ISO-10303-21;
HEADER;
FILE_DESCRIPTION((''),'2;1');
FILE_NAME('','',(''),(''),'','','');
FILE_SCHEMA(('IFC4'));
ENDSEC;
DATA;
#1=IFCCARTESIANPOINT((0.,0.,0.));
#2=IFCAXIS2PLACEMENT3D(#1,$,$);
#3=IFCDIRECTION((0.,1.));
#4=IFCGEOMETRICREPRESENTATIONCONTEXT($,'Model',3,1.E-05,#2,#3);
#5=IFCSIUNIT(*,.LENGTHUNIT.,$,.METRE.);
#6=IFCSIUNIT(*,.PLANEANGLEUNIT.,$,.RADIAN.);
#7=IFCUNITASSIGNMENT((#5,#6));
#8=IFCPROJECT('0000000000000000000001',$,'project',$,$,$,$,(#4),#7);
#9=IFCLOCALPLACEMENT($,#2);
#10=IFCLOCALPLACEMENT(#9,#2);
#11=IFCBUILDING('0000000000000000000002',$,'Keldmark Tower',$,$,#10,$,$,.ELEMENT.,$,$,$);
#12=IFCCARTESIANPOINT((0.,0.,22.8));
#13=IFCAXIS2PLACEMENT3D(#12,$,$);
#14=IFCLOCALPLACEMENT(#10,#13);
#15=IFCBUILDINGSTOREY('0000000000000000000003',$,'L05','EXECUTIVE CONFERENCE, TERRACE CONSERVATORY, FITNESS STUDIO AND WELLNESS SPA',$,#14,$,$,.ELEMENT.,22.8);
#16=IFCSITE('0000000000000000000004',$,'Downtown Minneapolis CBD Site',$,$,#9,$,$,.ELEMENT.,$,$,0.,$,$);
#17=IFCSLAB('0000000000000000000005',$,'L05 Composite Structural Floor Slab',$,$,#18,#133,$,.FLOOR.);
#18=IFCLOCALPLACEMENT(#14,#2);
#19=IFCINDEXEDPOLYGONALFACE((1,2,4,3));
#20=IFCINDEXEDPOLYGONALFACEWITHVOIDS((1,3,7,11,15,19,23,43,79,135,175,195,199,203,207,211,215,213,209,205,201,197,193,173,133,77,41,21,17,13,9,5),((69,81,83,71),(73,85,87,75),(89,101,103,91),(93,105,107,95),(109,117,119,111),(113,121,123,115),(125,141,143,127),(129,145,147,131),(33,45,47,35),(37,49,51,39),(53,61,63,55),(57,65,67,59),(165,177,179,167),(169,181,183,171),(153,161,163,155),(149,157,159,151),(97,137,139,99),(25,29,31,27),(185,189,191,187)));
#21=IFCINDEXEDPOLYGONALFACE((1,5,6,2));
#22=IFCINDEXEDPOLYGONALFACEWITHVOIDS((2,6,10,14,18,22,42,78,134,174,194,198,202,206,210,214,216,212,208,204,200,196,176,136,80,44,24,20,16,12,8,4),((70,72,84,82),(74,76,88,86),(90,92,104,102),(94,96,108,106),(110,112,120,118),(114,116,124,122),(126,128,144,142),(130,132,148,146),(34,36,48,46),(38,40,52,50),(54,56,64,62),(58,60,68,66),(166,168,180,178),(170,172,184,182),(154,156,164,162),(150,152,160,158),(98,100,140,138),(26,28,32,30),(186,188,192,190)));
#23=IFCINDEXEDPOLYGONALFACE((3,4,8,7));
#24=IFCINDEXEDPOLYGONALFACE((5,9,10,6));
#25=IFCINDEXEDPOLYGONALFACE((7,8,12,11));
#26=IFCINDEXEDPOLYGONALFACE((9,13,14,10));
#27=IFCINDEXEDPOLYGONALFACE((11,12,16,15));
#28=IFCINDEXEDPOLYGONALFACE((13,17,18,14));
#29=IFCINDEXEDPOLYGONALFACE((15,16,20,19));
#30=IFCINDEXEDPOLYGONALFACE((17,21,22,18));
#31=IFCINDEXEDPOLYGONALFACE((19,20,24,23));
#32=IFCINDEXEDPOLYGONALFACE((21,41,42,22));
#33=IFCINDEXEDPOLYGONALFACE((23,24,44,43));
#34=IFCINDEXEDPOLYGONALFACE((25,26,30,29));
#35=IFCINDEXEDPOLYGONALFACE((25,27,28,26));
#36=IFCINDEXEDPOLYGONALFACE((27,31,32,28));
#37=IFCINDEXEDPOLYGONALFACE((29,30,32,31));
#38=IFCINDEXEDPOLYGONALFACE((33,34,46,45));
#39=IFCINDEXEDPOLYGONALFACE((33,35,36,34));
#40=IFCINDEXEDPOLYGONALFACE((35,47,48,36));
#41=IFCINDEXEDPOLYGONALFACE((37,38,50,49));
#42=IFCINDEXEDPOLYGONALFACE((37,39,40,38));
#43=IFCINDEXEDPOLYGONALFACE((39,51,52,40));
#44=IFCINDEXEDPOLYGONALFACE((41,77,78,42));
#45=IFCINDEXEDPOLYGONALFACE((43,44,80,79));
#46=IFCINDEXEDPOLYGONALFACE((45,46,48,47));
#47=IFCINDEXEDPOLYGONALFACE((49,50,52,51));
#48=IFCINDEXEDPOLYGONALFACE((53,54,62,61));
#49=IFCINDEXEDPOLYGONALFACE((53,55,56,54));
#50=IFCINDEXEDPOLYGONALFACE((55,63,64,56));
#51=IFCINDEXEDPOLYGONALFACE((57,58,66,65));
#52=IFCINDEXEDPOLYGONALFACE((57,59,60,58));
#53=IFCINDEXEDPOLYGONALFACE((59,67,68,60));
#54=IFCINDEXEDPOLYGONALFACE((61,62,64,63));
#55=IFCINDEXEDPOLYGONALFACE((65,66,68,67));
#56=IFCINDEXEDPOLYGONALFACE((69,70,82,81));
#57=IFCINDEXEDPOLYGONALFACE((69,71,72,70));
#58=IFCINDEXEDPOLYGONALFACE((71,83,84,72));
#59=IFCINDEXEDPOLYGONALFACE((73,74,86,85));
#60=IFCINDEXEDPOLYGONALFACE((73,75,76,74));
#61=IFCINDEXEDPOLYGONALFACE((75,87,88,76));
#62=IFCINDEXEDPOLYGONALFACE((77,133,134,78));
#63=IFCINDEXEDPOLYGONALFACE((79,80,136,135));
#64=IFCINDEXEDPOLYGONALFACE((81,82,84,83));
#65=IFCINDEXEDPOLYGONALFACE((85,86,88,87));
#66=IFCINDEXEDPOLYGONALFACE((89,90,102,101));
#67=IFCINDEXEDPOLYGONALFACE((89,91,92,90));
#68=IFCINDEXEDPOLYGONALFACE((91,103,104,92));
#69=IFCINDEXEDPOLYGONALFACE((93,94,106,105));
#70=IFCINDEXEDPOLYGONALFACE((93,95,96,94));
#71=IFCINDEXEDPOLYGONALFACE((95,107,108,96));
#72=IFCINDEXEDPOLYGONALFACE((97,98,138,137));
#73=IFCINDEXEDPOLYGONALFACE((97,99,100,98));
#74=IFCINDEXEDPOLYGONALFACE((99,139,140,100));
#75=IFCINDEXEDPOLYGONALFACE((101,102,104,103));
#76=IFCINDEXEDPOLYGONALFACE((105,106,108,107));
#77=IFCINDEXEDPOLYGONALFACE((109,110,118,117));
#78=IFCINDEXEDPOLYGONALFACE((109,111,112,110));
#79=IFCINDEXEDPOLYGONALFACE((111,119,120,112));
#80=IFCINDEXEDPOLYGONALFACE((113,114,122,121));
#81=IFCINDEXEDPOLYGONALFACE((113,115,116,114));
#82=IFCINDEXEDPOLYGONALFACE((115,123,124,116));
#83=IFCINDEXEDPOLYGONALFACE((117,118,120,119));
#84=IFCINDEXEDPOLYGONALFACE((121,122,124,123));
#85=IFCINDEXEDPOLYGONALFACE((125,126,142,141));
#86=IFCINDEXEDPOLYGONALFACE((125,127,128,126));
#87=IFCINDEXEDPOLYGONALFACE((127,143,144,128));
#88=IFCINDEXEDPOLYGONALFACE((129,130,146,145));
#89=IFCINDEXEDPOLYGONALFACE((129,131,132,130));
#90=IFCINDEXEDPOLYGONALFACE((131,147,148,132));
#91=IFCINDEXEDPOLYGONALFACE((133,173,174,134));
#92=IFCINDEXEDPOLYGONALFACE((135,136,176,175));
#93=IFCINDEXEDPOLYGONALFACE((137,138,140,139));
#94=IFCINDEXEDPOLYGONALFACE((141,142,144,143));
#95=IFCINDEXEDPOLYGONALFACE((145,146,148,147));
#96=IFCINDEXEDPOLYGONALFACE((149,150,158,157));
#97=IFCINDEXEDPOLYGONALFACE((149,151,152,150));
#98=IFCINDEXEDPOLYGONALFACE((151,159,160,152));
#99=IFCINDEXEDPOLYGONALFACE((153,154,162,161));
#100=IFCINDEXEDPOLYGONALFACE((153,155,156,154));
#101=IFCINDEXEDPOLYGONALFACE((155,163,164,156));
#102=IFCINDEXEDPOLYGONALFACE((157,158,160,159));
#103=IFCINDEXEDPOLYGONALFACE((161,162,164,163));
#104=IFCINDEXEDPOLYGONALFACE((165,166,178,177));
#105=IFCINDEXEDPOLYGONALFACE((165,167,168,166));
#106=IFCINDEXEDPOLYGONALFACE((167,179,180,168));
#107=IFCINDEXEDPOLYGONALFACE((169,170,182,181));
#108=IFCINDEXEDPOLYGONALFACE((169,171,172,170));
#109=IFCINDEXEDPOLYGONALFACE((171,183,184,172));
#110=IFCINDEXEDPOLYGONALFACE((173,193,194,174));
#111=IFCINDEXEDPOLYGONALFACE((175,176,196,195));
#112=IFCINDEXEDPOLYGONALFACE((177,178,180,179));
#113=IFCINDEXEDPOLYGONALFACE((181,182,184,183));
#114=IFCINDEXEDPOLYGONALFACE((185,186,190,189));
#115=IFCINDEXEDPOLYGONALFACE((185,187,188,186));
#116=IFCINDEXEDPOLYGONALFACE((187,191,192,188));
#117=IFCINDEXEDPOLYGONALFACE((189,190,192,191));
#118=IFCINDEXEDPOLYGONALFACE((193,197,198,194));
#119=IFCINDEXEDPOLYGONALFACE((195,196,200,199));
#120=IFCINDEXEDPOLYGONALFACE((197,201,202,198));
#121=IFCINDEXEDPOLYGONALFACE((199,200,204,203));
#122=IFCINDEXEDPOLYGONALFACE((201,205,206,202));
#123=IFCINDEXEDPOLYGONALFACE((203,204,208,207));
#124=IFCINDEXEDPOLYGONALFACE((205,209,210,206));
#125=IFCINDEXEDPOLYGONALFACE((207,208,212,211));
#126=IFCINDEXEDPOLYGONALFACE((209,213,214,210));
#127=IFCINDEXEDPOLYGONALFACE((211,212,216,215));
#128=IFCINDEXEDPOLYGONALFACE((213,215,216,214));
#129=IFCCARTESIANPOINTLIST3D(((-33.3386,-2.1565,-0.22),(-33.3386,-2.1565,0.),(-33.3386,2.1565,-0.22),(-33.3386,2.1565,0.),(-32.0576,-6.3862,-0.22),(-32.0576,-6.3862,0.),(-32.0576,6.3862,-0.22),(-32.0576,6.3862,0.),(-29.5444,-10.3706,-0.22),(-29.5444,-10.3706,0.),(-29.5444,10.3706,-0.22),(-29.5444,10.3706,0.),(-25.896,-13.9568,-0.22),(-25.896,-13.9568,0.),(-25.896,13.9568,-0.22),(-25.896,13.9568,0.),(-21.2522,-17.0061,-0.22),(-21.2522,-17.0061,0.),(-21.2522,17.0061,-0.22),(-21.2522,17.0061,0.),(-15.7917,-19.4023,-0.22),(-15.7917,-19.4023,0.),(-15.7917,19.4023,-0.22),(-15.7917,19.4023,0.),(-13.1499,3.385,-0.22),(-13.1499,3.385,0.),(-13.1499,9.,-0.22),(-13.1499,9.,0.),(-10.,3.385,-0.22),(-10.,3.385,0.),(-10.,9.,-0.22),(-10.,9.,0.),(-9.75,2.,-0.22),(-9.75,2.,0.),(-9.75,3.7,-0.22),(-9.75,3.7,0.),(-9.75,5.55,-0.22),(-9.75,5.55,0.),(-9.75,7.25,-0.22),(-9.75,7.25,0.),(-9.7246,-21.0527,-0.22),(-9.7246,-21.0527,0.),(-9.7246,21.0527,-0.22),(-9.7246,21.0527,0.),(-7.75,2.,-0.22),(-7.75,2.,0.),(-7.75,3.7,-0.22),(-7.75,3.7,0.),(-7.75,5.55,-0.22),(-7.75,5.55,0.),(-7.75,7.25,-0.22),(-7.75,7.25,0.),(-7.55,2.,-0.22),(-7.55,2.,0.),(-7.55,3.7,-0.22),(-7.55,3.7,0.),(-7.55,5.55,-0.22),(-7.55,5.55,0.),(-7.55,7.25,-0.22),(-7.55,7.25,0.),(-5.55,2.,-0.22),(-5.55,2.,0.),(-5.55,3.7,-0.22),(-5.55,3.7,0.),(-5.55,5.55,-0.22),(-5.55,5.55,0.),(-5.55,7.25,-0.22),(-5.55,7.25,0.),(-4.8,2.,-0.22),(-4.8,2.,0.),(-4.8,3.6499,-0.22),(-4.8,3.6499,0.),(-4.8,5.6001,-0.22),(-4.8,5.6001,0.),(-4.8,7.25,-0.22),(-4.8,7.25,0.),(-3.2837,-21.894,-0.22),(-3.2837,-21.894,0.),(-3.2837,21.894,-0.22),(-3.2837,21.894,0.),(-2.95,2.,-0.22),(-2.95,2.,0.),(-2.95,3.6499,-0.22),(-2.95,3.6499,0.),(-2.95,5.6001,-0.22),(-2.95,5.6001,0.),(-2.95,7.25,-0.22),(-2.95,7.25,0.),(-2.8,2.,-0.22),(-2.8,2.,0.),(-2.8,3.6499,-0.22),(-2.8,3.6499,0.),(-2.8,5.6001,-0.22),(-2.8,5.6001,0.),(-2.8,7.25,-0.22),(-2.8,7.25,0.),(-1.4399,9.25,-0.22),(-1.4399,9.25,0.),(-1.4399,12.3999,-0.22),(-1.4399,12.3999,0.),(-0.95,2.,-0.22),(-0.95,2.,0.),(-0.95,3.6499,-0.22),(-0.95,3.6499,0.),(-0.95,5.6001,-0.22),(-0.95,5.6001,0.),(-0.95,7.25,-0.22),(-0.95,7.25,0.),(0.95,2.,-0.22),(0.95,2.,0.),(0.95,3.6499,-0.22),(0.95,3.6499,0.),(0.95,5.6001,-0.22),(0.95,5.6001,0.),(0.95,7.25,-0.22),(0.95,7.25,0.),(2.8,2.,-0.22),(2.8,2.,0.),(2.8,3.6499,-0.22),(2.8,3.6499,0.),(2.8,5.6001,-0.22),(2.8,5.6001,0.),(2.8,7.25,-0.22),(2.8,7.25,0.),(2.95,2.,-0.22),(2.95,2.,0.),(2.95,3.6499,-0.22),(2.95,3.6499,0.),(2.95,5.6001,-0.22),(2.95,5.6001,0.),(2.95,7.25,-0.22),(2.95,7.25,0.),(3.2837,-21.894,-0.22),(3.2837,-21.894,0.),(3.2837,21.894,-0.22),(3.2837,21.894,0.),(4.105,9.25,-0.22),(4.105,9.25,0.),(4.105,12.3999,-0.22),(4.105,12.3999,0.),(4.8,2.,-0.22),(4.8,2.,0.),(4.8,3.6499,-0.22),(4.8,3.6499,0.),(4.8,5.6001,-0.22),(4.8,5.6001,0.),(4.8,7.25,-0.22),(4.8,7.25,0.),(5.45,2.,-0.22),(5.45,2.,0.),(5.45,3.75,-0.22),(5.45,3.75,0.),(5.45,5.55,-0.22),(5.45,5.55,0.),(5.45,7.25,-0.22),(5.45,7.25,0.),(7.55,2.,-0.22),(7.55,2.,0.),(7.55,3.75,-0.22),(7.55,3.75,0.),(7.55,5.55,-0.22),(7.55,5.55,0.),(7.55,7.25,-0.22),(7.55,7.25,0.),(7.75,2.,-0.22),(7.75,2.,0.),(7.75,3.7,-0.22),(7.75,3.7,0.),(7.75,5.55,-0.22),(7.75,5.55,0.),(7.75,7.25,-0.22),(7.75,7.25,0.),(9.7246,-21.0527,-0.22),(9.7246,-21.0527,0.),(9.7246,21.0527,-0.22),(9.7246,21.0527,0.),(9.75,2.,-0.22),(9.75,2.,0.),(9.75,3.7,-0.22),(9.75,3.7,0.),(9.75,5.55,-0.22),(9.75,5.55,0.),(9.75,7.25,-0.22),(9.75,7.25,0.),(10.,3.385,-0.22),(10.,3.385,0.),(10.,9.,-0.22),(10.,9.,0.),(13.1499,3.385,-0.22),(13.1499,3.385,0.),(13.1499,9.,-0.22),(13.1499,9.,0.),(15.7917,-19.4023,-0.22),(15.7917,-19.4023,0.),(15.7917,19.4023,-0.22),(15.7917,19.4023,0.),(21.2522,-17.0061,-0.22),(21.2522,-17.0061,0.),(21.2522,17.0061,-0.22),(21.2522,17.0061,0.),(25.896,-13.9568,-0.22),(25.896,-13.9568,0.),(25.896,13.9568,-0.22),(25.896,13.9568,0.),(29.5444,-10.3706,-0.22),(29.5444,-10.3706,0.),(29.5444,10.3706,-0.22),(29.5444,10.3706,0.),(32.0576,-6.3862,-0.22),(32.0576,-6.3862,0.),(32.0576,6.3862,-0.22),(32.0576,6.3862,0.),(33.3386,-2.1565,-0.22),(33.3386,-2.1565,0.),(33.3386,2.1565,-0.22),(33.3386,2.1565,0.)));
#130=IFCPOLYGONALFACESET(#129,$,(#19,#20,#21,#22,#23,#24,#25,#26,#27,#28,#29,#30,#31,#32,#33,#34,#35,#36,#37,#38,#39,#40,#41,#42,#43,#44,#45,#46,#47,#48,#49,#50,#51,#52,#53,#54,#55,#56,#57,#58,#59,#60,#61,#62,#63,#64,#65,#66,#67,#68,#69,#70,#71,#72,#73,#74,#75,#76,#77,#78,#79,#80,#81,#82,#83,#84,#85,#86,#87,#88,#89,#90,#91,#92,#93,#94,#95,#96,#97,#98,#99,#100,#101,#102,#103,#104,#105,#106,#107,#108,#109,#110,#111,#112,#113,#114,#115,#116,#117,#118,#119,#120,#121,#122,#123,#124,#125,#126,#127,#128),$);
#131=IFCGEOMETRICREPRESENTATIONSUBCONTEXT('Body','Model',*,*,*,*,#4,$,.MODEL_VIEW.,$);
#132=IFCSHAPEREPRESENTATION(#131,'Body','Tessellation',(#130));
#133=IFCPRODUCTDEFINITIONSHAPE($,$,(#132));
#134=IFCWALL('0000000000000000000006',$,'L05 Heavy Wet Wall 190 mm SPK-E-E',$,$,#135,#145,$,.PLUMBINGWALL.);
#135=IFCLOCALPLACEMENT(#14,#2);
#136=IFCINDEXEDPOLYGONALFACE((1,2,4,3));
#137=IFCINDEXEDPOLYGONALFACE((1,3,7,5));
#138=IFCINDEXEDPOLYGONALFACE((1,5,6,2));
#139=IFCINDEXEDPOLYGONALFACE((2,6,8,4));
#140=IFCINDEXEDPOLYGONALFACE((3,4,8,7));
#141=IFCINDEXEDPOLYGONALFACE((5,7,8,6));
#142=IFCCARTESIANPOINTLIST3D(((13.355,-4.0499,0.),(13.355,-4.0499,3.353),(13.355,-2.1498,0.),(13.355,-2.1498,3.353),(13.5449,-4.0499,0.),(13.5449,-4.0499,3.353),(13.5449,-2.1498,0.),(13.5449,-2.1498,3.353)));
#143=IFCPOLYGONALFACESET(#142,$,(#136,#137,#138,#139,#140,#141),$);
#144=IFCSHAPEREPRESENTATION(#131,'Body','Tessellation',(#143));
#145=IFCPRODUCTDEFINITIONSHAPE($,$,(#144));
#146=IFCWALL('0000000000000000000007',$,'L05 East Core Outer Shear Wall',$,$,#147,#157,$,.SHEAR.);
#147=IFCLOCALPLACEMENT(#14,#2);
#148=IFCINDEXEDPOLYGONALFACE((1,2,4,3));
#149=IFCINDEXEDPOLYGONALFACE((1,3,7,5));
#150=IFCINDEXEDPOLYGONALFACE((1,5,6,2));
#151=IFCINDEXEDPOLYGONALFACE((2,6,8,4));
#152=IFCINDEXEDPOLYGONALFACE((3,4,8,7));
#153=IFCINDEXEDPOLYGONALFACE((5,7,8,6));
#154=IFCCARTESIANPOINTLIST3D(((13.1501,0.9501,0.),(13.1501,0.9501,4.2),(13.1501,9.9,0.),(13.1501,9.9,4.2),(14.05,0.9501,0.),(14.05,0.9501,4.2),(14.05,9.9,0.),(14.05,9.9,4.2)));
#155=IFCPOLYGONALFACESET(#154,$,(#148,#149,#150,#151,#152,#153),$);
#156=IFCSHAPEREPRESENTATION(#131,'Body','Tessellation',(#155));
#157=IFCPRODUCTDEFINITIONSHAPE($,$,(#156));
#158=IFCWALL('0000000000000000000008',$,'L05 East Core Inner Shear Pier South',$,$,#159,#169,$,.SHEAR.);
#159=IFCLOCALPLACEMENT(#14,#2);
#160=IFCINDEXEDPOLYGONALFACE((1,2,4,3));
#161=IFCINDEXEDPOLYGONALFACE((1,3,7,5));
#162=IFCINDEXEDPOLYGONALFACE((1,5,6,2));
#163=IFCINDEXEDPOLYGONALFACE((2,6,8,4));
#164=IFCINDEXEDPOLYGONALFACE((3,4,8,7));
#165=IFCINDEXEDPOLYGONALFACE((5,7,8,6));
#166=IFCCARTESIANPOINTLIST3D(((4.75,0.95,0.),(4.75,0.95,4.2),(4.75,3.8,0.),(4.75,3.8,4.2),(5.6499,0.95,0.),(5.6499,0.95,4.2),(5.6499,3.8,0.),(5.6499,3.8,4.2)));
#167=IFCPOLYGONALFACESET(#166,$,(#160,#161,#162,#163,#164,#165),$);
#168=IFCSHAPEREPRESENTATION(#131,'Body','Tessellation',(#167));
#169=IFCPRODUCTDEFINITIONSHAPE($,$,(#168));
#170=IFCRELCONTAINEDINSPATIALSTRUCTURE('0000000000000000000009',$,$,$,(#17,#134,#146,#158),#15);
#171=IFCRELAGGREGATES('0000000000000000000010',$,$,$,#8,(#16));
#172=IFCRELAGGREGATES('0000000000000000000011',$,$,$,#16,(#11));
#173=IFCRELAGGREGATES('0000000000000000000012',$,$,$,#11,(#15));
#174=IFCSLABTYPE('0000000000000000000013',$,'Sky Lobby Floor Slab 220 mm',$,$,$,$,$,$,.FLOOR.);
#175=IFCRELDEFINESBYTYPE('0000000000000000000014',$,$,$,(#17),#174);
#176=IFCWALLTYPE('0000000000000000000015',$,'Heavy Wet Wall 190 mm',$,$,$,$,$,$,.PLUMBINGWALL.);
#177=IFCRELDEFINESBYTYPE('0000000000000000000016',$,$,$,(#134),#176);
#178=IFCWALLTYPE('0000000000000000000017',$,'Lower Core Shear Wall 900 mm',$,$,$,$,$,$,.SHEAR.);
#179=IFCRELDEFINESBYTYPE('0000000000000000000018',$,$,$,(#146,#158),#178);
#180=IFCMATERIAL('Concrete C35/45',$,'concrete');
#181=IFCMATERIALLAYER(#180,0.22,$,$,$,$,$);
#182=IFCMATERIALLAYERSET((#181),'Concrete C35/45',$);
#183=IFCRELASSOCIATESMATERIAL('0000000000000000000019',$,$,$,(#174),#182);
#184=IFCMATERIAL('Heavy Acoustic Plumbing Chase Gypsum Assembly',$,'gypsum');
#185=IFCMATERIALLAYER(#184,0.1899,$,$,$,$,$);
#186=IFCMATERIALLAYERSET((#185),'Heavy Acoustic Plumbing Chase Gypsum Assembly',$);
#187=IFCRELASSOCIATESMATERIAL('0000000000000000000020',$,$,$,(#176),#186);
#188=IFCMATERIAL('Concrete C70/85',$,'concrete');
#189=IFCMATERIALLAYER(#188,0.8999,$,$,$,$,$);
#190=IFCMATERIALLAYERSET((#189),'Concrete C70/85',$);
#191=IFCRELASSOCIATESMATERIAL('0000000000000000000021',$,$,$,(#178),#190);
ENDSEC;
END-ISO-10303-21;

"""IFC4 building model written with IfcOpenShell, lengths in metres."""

from ifc_helpers import new_model, si_unit, direction, frame, frame_2d, origin, place, context, subcontext, project, spatial, polyline, rectangle, outline, extrude, material, layer, layer_set, type_object, element, save


model = new_model("IFC4")

# Units and contexts
model_context = context("Model", 3, precision=1e-05, world=origin(), true_north=direction((0.0, 1.0)))
body_context = subcontext(model_context, "Body", "Model", "MODEL_VIEW")
ifc_project = project(units=[si_unit("LENGTHUNIT", "METRE"), si_unit("PLANEANGLEUNIT", "RADIAN")], contexts=[model_context])

# Site, building, storey
site_placement = place(None, origin())
site = spatial("IfcSite", under=ifc_project, at=site_placement, Name="Downtown Minneapolis CBD Site", CompositionType="ELEMENT", RefElevation=0.0)
building_placement = place(site_placement, origin())
building = spatial("IfcBuilding", under=site, at=building_placement, Name="Keldmark Tower", CompositionType="ELEMENT")
storey_placement = place(building_placement, frame((0.0, 0.0, 22.8)))
storey = spatial("IfcBuildingStorey", under=building, at=storey_placement, Name="L05", Description="EXECUTIVE CONFERENCE, TERRACE CONSERVATORY, FITNESS STUDIO AND WELLNESS SPA", CompositionType="ELEMENT", Elevation=22.8)

# Slab
ifc_material_1 = material(Name="Concrete C35/45", Category="concrete")
ifc_layer_1 = layer(ifc_material_1, 0.22)
ifc_layer_set_1 = layer_set([ifc_layer_1], Name="Concrete C35/45")
slab_type_1 = type_object("IfcSlabType", Name="Sky Lobby Floor Slab 220 mm", PredefinedType="FLOOR", material=ifc_layer_set_1)
slab_1_placement = place(storey_placement, frame((0.0, 0.0, -0.22)))
element("IfcSlab", 1, at=slab_1_placement, inside=storey, type_object=slab_type_1, Name="L05 Composite Structural Floor Slab", PredefinedType="FLOOR", context=body_context, shape_type="SweptSolid", body=[
    extrude(outline(polyline([(33.3386, 2.1565), (32.0576, 6.3862), (29.5444, 10.3706), (25.896, 13.9568), (21.2522, 17.0061), (15.7917, 19.4023), (9.7246, 21.0527), (3.2837, 21.894), (-3.2837, 21.894), (-9.7246, 21.0527), (-15.7917, 19.4023), (-21.2522, 17.0061), (-25.896, 13.9568), (-29.5444, 10.3706), (-32.0576, 6.3862), (-33.3386, 2.1565), (-33.3386, -2.1565), (-32.0576, -6.3862), (-29.5444, -10.3706), (-25.896, -13.9568), (-21.2522, -17.0061), (-15.7917, -19.4023), (-9.7246, -21.0527), (-3.2837, -21.894), (3.2837, -21.894), (9.7246, -21.0527), (15.7917, -19.4023), (21.2522, -17.0061), (25.896, -13.9568), (29.5444, -10.3706), (32.0576, -6.3862), (33.3386, -2.1565), (33.3386, 2.1565)]), holes=[polyline([(-10.0, 3.385), (-10.0, 9.0), (-13.1499, 9.0), (-13.1499, 3.385), (-10.0, 3.385)]), polyline([(13.1499, 3.385), (13.1499, 9.0), (10.0, 9.0), (10.0, 3.385), (13.1499, 3.385)]), polyline([(-1.4399, 9.25), (4.105, 9.25), (4.105, 12.3999), (-1.4399, 12.3999), (-1.4399, 9.25)]), polyline([(-9.75, 2.0), (-7.75, 2.0), (-7.75, 3.7), (-9.75, 3.7), (-9.75, 2.0)]), polyline([(7.75, 2.0), (9.75, 2.0), (9.75, 3.7), (7.75, 3.7), (7.75, 2.0)]), polyline([(5.45, 2.0), (7.55, 2.0), (7.55, 3.75), (5.45, 3.75), (5.45, 2.0)]), polyline([(-4.8, 2.0), (-2.95, 2.0), (-2.95, 3.6499), (-4.8, 3.6499), (-4.8, 2.0)]), polyline([(-2.8, 2.0), (-0.95, 2.0), (-0.95, 3.6499), (-2.8, 3.6499), (-2.8, 2.0)]), polyline([(0.95, 2.0), (2.8, 2.0), (2.8, 3.6499), (0.95, 3.6499), (0.95, 2.0)]), polyline([(2.95, 2.0), (4.8, 2.0), (4.8, 3.6499), (2.95, 3.6499), (2.95, 2.0)]), polyline([(-4.8, 5.6001), (-2.95, 5.6001), (-2.95, 7.25), (-4.8, 7.25), (-4.8, 5.6001)]), polyline([(-2.8, 5.6001), (-0.95, 5.6001), (-0.95, 7.25), (-2.8, 7.25), (-2.8, 5.6001)]), polyline([(0.95, 5.6001), (2.8, 5.6001), (2.8, 7.25), (0.95, 7.25), (0.95, 5.6001)]), polyline([(2.95, 5.6001), (4.8, 5.6001), (4.8, 7.25), (2.95, 7.25), (2.95, 5.6001)]), polyline([(-9.75, 5.55), (-7.75, 5.55), (-7.75, 7.25), (-9.75, 7.25), (-9.75, 5.55)]), polyline([(-7.55, 5.55), (-5.55, 5.55), (-5.55, 7.25), (-7.55, 7.25), (-7.55, 5.55)]), polyline([(-7.55, 2.0), (-5.55, 2.0), (-5.55, 3.7), (-7.55, 3.7), (-7.55, 2.0)]), polyline([(5.45, 5.55), (7.55, 5.55), (7.55, 7.25), (5.45, 7.25), (5.45, 5.55)]), polyline([(7.75, 5.55), (9.75, 5.55), (9.75, 7.25), (7.75, 7.25), (7.75, 5.55)])]), origin(), (0.0, 0.0, 1.0), 0.22),
])

# Walls
ifc_material_2 = material(Name="Heavy Acoustic Plumbing Chase Gypsum Assembly", Category="gypsum")
ifc_layer_2 = layer(ifc_material_2, 0.1899)
ifc_layer_set_2 = layer_set([ifc_layer_2], Name="Heavy Acoustic Plumbing Chase Gypsum Assembly")
wall_type_1 = type_object("IfcWallType", Name="Heavy Wet Wall 190 mm", PredefinedType="PLUMBINGWALL", material=ifc_layer_set_2)
wall_1_placement = place(storey_placement, frame((13.45, -4.05, 0.0), z_axis=(0.0, 0.0, 1.0), x_axis=(0.0, 1.0, 0.0)))
element("IfcWall", 2, at=wall_1_placement, inside=storey, type_object=wall_type_1, Name="L05 Heavy Wet Wall 190 mm SPK-E-E", PredefinedType="PLUMBINGWALL", context=body_context, shape_type="SweptSolid", body=[
    extrude(rectangle(XDim=1.9001, YDim=0.1899, at=frame_2d((0.9502, 0.0))), origin(), (0.0, 0.0, 1.0), 3.353),
])
ifc_material_3 = material(Name="Concrete C70/85", Category="concrete")
ifc_layer_3 = layer(ifc_material_3, 0.8999)
ifc_layer_set_3 = layer_set([ifc_layer_3], Name="Concrete C70/85")
wall_type_2 = type_object("IfcWallType", Name="Lower Core Shear Wall 900 mm", PredefinedType="SHEAR", material=ifc_layer_set_3)
wall_2_placement = place(storey_placement, frame((13.6001, 0.95, 0.0), z_axis=(0.0, 0.0, 1.0), x_axis=(0.0, 1.0, 0.0)))
element("IfcWall", 3, at=wall_2_placement, inside=storey, type_object=wall_type_2, Name="L05 East Core Outer Shear Wall", PredefinedType="SHEAR", context=body_context, shape_type="SweptSolid", body=[
    extrude(rectangle(XDim=8.95, YDim=0.8999, at=frame_2d((4.4751, 0.0))), origin(), (0.0, 0.0, 1.0), 4.2),
])
wall_3_placement = place(storey_placement, frame((5.2, 0.95, 0.0), z_axis=(0.0, 0.0, 1.0), x_axis=(0.0, 1.0, 0.0)))
element("IfcWall", 4, at=wall_3_placement, inside=storey, type_object=wall_type_2, Name="L05 East Core Inner Shear Pier South", PredefinedType="SHEAR", context=body_context, shape_type="SweptSolid", body=[
    extrude(rectangle(XDim=2.8501, YDim=0.8999, at=frame_2d((1.425, 0.0))), origin(), (0.0, 0.0, 1.0), 4.2),
])

save(model, "model.ifc")
